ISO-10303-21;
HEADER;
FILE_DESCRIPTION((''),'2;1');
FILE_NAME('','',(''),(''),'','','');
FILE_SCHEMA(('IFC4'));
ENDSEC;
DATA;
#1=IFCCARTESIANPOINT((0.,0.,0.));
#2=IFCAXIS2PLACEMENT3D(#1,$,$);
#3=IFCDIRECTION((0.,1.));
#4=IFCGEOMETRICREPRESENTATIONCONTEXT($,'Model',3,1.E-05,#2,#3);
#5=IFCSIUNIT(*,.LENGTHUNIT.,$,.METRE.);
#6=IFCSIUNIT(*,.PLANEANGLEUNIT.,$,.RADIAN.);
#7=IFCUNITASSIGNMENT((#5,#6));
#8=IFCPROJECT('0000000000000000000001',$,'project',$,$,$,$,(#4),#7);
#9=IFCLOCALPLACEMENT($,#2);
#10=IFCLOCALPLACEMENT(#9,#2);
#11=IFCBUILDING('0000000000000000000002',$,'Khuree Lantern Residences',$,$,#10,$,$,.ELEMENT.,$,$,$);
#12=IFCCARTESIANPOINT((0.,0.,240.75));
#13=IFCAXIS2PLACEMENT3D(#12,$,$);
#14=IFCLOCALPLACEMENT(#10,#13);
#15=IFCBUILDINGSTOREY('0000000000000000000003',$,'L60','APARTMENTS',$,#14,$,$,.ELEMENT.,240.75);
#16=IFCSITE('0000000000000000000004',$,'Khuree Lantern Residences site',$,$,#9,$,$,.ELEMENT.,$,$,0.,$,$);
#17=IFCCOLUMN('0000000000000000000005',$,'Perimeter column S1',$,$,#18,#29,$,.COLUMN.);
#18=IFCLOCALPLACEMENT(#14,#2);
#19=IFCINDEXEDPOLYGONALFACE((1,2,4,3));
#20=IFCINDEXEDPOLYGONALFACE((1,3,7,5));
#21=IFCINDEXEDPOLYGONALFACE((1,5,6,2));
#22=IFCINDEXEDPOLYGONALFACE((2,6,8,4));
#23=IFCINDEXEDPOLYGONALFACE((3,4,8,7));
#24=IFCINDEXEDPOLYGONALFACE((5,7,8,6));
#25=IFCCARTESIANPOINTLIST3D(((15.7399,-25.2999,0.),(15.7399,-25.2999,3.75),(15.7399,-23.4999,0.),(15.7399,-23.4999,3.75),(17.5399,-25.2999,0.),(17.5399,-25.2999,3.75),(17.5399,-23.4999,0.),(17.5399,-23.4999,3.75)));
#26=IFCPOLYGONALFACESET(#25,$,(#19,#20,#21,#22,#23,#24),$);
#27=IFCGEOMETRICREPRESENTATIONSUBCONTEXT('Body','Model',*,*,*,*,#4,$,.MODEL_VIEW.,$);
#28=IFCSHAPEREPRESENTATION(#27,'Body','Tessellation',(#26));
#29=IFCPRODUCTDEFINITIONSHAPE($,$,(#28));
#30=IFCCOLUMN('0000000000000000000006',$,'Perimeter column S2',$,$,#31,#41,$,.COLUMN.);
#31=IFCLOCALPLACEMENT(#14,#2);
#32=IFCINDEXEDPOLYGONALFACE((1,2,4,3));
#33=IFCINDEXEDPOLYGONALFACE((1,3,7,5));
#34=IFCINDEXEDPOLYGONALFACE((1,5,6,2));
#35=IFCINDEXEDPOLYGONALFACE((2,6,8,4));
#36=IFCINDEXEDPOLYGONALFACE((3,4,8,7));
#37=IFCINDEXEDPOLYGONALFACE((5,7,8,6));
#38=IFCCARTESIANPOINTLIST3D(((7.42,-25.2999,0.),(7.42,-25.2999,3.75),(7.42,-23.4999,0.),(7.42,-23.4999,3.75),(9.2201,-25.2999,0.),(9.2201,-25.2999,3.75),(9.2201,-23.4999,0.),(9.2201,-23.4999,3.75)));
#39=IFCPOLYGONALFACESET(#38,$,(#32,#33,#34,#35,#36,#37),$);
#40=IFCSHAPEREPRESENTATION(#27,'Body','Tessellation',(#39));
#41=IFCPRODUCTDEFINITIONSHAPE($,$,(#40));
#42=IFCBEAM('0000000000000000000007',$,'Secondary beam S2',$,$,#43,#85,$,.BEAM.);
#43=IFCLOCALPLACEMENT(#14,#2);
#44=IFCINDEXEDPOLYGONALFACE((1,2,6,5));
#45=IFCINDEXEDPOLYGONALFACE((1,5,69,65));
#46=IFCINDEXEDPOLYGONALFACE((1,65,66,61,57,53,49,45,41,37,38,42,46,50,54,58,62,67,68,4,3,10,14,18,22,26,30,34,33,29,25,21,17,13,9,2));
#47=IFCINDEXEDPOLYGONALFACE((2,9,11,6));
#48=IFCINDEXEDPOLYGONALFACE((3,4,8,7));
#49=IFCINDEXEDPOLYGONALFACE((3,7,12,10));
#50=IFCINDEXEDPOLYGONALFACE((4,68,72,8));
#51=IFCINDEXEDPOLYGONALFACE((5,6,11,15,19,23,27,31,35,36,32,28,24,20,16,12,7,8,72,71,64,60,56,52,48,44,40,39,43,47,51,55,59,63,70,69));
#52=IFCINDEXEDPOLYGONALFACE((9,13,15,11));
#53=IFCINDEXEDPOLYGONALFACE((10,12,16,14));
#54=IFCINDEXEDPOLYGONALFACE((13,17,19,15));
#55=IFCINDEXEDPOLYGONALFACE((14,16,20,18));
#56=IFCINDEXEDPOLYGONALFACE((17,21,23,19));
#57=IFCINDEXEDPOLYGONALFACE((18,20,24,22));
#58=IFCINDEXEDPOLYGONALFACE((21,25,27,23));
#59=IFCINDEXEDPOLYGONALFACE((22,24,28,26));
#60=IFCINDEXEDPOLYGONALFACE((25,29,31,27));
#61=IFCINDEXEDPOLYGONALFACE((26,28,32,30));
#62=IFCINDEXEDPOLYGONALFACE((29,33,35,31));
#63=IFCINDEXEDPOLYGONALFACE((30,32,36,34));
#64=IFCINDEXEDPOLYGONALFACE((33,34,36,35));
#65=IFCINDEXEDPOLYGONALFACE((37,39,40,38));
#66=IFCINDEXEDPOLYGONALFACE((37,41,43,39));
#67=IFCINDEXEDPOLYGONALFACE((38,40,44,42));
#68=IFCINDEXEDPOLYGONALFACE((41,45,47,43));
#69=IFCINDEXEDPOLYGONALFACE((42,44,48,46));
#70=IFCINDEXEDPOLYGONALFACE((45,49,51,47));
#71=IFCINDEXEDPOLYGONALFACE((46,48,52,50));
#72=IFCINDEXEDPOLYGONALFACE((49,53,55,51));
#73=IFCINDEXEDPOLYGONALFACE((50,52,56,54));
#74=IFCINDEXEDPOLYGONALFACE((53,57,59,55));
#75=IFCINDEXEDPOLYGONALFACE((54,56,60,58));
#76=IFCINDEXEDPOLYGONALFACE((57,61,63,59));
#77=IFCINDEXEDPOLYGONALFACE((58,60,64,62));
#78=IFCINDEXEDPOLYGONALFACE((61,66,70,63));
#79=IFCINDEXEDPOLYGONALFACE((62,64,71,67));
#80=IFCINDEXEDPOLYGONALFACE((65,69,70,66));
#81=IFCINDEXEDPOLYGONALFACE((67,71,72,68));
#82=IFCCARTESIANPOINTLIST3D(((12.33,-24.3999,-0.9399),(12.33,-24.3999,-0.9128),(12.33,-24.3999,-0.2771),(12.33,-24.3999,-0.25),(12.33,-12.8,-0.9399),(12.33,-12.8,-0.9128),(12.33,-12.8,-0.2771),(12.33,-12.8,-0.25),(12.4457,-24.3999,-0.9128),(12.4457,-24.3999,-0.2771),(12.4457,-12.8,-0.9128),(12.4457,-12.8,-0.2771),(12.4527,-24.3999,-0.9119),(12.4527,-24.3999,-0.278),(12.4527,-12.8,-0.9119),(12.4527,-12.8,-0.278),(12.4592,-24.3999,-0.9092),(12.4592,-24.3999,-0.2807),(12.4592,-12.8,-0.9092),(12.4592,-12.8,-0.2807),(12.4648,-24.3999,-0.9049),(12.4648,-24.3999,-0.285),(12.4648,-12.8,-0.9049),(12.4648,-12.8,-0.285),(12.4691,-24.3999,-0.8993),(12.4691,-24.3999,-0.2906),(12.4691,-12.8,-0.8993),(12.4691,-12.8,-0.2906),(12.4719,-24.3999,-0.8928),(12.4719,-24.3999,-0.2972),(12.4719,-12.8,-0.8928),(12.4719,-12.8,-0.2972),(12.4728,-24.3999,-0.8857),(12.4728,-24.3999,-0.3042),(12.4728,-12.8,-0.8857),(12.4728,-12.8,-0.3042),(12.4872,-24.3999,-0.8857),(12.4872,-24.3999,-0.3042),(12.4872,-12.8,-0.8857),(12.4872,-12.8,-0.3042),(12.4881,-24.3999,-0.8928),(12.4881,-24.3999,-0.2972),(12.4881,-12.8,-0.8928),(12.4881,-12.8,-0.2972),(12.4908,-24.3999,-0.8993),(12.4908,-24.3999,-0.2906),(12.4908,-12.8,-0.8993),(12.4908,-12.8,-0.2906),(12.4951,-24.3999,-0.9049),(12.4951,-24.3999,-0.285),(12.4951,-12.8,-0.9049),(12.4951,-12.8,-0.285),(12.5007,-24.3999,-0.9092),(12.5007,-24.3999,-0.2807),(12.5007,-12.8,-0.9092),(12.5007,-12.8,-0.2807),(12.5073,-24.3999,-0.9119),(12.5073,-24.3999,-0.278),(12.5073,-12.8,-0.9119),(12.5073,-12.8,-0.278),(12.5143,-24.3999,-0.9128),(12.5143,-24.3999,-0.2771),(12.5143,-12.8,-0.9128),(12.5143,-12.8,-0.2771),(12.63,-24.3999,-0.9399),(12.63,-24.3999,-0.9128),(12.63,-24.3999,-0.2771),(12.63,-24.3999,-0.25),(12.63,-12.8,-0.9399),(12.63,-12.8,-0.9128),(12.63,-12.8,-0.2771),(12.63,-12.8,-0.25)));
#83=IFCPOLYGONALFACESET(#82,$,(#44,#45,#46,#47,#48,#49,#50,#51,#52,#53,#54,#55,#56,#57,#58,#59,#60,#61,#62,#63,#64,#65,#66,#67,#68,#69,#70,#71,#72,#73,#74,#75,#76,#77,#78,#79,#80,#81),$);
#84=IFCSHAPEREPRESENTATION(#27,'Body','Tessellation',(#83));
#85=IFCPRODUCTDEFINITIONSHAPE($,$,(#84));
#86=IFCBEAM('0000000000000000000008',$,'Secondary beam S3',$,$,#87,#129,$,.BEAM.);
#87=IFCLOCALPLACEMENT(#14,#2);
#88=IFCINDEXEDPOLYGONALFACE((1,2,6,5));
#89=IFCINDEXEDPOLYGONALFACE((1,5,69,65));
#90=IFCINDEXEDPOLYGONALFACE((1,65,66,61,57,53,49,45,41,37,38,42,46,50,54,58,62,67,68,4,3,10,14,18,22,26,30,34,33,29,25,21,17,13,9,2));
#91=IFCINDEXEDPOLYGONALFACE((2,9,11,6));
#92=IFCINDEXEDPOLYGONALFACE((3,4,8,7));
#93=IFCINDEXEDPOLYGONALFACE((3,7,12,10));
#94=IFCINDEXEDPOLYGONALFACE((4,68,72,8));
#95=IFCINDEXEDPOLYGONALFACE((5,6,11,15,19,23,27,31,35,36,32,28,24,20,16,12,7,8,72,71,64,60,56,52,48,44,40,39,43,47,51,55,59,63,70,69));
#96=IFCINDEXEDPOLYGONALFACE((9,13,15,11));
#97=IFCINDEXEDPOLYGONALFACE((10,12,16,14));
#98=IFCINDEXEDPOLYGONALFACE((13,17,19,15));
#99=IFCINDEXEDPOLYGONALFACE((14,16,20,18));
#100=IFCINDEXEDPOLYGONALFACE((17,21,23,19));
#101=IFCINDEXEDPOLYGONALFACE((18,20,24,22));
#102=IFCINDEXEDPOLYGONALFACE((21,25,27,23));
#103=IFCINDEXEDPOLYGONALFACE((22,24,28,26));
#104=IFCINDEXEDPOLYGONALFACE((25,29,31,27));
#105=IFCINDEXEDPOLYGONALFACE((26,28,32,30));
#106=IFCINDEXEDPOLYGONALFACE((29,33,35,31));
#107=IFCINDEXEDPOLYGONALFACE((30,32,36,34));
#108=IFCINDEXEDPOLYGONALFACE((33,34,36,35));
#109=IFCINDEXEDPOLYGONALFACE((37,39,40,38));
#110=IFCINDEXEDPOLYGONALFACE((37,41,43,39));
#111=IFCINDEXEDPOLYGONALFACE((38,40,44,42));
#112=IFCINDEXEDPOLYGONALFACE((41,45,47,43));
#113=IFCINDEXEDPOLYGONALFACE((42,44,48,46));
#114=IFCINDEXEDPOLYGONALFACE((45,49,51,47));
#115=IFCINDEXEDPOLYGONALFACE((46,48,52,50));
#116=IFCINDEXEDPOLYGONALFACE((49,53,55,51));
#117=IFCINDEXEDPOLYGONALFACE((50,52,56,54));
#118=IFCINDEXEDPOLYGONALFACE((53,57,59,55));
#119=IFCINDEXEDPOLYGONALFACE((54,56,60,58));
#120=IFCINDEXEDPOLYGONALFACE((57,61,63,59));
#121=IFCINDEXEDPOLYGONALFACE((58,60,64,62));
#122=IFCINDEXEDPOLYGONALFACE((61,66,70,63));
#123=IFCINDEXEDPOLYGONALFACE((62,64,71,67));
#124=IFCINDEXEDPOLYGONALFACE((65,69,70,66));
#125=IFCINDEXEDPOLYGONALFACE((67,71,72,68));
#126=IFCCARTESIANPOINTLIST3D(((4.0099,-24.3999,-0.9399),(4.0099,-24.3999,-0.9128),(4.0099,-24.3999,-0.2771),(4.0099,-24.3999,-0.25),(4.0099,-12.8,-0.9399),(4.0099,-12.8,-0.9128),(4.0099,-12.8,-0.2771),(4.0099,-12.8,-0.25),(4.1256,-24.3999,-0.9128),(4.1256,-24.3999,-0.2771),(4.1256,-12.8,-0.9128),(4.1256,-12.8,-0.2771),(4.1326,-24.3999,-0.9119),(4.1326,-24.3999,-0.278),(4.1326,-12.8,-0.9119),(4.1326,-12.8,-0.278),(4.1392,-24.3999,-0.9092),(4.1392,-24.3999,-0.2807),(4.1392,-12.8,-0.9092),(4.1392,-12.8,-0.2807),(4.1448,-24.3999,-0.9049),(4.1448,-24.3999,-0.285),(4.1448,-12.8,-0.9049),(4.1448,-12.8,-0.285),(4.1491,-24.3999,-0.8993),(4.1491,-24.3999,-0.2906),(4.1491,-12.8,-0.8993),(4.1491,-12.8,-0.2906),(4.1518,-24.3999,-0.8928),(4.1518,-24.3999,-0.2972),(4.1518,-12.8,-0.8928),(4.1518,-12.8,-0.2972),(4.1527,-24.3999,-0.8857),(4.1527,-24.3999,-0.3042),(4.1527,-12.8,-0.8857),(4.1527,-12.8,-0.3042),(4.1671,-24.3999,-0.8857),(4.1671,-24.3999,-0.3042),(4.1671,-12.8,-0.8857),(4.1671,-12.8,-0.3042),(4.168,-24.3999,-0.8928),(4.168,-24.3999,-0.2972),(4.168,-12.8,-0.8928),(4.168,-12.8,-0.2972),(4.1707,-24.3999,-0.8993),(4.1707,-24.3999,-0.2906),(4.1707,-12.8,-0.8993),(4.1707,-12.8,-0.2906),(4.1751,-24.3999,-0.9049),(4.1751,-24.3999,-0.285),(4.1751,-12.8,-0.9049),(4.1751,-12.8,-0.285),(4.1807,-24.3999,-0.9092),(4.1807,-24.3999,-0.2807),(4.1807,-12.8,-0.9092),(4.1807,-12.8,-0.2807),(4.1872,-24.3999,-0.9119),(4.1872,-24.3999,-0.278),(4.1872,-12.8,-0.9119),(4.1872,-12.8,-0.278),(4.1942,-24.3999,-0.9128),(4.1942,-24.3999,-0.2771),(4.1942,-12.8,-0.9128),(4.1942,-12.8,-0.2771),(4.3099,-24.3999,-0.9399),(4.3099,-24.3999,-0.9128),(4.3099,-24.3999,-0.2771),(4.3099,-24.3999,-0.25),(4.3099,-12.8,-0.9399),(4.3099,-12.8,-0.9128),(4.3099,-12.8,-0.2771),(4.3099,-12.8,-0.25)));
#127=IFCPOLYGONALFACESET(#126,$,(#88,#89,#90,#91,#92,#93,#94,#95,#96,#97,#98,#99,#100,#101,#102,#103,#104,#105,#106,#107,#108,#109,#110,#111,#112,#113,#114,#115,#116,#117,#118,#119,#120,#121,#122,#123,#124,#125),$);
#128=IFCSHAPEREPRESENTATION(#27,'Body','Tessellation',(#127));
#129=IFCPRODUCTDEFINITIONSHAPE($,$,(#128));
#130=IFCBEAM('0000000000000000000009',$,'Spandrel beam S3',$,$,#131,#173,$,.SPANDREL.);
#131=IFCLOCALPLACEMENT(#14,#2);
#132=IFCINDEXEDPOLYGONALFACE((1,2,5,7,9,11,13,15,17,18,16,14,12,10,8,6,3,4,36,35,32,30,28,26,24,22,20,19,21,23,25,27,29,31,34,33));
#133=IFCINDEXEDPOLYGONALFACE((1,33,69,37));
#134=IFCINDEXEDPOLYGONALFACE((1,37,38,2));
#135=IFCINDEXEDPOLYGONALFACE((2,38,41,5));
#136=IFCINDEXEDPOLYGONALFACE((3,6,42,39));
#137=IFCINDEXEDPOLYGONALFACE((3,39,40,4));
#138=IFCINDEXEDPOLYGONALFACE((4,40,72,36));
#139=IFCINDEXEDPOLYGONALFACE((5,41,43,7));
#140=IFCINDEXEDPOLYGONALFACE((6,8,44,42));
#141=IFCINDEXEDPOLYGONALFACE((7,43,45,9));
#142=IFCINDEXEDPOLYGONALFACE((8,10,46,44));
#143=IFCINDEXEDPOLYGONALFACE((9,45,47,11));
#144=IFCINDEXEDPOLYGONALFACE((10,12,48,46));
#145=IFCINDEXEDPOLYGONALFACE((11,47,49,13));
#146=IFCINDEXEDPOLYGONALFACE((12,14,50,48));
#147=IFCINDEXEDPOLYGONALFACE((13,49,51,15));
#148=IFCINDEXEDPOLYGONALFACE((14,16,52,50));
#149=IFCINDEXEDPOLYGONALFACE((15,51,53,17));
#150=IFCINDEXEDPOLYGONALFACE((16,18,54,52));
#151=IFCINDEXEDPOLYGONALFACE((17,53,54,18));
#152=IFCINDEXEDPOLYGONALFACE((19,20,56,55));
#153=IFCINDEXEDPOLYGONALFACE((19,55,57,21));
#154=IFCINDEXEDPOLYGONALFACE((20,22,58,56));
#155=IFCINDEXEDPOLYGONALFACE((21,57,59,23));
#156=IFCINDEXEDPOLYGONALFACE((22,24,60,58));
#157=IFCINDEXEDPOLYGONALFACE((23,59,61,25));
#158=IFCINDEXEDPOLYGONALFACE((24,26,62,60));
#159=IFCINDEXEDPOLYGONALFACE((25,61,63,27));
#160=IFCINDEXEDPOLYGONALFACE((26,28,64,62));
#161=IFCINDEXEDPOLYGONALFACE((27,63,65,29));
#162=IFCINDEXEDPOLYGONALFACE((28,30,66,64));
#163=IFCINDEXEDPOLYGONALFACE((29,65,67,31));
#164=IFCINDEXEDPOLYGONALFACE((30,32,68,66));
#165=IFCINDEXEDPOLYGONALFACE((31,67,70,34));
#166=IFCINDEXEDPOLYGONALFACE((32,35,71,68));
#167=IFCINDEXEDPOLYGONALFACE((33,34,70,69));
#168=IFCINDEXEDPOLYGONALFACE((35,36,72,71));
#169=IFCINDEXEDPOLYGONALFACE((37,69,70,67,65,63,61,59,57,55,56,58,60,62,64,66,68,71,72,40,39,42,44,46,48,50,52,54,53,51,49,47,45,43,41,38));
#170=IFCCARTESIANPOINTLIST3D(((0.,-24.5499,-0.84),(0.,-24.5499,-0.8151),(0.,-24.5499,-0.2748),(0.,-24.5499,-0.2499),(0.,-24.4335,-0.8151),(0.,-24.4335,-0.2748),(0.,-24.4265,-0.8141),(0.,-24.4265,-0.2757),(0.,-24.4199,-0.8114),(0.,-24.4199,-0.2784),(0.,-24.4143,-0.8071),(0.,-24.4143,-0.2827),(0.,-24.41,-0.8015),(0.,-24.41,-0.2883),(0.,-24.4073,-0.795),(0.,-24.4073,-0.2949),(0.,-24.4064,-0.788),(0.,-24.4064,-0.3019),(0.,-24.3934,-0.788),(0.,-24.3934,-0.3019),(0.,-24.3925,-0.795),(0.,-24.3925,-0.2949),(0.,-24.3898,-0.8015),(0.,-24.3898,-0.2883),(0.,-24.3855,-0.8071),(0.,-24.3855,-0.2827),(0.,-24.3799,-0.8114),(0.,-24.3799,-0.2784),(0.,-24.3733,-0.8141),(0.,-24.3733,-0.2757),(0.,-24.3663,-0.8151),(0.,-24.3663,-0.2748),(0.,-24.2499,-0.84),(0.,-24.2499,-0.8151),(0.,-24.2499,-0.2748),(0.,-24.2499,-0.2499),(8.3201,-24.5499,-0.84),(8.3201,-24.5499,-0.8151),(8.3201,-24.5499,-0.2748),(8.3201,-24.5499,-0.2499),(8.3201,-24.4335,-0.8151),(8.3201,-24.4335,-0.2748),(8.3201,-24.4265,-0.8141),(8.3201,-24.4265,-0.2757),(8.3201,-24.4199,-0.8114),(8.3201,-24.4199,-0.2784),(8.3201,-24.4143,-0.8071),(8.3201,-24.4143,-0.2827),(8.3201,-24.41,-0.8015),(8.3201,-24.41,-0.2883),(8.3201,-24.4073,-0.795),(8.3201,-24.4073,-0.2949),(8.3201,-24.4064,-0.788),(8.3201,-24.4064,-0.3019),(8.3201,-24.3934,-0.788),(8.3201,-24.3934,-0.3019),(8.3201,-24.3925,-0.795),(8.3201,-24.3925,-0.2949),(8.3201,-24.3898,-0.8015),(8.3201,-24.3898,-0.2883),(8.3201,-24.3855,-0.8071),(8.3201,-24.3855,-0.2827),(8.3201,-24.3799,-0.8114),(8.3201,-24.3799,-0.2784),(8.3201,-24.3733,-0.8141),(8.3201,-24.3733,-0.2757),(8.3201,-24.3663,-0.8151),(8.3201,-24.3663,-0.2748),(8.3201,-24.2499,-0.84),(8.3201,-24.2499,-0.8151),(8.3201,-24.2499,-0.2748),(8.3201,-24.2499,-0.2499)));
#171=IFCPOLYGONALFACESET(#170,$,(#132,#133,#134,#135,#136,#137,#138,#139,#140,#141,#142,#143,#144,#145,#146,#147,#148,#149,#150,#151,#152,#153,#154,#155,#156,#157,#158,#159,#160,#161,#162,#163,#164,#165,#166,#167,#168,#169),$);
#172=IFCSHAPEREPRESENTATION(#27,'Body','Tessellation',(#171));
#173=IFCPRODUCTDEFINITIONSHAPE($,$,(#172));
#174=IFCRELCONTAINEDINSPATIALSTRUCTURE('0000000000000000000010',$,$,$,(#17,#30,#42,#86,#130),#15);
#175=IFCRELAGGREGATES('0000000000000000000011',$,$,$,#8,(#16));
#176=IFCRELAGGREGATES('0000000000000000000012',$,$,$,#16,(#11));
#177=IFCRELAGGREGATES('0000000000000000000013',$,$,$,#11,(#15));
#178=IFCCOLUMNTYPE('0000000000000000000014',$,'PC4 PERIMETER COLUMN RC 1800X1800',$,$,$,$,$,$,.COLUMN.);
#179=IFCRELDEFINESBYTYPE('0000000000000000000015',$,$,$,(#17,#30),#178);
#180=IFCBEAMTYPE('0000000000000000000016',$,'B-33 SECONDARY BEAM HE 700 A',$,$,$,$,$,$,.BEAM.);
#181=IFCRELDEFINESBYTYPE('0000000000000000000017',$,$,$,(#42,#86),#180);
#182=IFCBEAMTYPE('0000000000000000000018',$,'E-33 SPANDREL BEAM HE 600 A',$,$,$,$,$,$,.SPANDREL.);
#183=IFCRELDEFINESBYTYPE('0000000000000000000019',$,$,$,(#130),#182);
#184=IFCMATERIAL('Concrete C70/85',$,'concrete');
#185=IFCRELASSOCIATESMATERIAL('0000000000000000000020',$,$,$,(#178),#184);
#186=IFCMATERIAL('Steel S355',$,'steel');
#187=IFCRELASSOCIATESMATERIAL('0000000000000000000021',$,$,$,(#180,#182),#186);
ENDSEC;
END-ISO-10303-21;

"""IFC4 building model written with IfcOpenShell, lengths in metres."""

from ifc_helpers import new_model, si_unit, direction, frame, origin, origin_2d, place, context, subcontext, project, spatial, rectangle, i_section, extrude, material, material_profile, profile_set, type_object, element, save


model = new_model("IFC4")

# Units and contexts
model_context = context("Model", 3, precision=1e-05, world=origin(), true_north=direction((0.0, 1.0)))
body_context = subcontext(model_context, "Body", "Model", "MODEL_VIEW")
ifc_project = project(units=[si_unit("LENGTHUNIT", "METRE"), si_unit("PLANEANGLEUNIT", "RADIAN")], contexts=[model_context])

# Site, building, storey
site_placement = place(None, origin())
site = spatial("IfcSite", under=ifc_project, at=site_placement, Name="Khuree Lantern Residences site", CompositionType="ELEMENT", RefElevation=0.0)
building_placement = place(site_placement, origin())
building = spatial("IfcBuilding", under=site, at=building_placement, Name="Khuree Lantern Residences", CompositionType="ELEMENT")
storey_placement = place(building_placement, frame((0.0, 0.0, 240.75)))
storey = spatial("IfcBuildingStorey", under=building, at=storey_placement, Name="L60", Description="APARTMENTS", CompositionType="ELEMENT", Elevation=240.75)

# Columns
ifc_material_1 = material(Name="Concrete C70/85", Category="concrete")
ifc_material_profile_1 = material_profile(ifc_material_1, rectangle(XDim=1.8, YDim=1.8, at=origin_2d()), Name="RC 1800X1800")
ifc_profile_set_1 = profile_set([ifc_material_profile_1], Name="Concrete C70/85")
column_type = type_object("IfcColumnType", Name="PC4 PERIMETER COLUMN RC 1800X1800", PredefinedType="COLUMN", material=ifc_profile_set_1)
for number, where, z_axis, x_axis, name in (
    (1, (16.6399, -24.3999, 0.0), (0.0, 0.0, 1.0), (1.0, 0.0, 0.0), "Perimeter column S1"),
    (2, (8.3201, -24.3999, 0.0), (0.0, 0.0, 1.0), (1.0, 0.0, 0.0), "Perimeter column S2"),
):
    element("IfcColumn", number, at=place(storey_placement, frame(where, z_axis=z_axis, x_axis=x_axis)), inside=storey, type_object=column_type, Name=name, PredefinedType="COLUMN", context=body_context, shape_type="SweptSolid", body=[
        extrude(rectangle(XDim=1.8, YDim=1.8, at=origin_2d()), origin(), (0.0, 0.0, 1.0), 3.75),
    ])

# Beams
ifc_material_2 = material(Name="Steel S355", Category="steel")
ifc_material_profile_2 = material_profile(ifc_material_2, i_section(OverallWidth=0.3, OverallDepth=0.6899, WebThickness=0.0144, FlangeThickness=0.0271, FilletRadius=0.0271, at=origin_2d()), Name="HE 700 A")
ifc_profile_set_2 = profile_set([ifc_material_profile_2], Name="Steel S355")
beam_type_1 = type_object("IfcBeamType", Name="B-33 SECONDARY BEAM HE 700 A", PredefinedType="BEAM", material=ifc_profile_set_2)
for number, where, z_axis, x_axis, name in (
    (3, (12.48, -24.3999, -0.595), (0.0, 1.0, 0.0), (-1.0, 0.0, 0.0), "Secondary beam S2"),
    (4, (4.1599, -24.3999, -0.595), (0.0, 1.0, 0.0), (-1.0, 0.0, 0.0), "Secondary beam S3"),
):
    element("IfcBeam", number, at=place(storey_placement, frame(where, z_axis=z_axis, x_axis=x_axis)), inside=storey, type_object=beam_type_1, Name=name, PredefinedType="BEAM", context=body_context, shape_type="SweptSolid", body=[
        extrude(i_section(OverallWidth=0.3, OverallDepth=0.6899, WebThickness=0.0144, FlangeThickness=0.0271, FilletRadius=0.0271, at=origin_2d()), origin(), (0.0, 0.0, 1.0), 11.5999),
    ])
ifc_material_profile_3 = material_profile(ifc_material_2, i_section(OverallWidth=0.3, OverallDepth=0.5901, WebThickness=0.0129, FlangeThickness=0.0249, FilletRadius=0.0271, at=origin_2d()), Name="HE 600 A")
ifc_profile_set_3 = profile_set([ifc_material_profile_3], Name="Steel S355")
beam_type_2 = type_object("IfcBeamType", Name="E-33 SPANDREL BEAM HE 600 A", PredefinedType="SPANDREL", material=ifc_profile_set_3)
for number, where, z_axis, x_axis, name in (
    (5, (8.3201, -24.3999, -0.5449), (-1.0, 0.0, 0.0), (0.0, -1.0, 0.0), "Spandrel beam S3"),
):
    element("IfcBeam", number, at=place(storey_placement, frame(where, z_axis=z_axis, x_axis=x_axis)), inside=storey, type_object=beam_type_2, Name=name, PredefinedType="SPANDREL", context=body_context, shape_type="SweptSolid", body=[
        extrude(i_section(OverallWidth=0.3, OverallDepth=0.5901, WebThickness=0.0129, FlangeThickness=0.0249, FilletRadius=0.0271, at=origin_2d()), origin(), (0.0, 0.0, 1.0), 8.3201),
    ])

save(model, "model.ifc")
